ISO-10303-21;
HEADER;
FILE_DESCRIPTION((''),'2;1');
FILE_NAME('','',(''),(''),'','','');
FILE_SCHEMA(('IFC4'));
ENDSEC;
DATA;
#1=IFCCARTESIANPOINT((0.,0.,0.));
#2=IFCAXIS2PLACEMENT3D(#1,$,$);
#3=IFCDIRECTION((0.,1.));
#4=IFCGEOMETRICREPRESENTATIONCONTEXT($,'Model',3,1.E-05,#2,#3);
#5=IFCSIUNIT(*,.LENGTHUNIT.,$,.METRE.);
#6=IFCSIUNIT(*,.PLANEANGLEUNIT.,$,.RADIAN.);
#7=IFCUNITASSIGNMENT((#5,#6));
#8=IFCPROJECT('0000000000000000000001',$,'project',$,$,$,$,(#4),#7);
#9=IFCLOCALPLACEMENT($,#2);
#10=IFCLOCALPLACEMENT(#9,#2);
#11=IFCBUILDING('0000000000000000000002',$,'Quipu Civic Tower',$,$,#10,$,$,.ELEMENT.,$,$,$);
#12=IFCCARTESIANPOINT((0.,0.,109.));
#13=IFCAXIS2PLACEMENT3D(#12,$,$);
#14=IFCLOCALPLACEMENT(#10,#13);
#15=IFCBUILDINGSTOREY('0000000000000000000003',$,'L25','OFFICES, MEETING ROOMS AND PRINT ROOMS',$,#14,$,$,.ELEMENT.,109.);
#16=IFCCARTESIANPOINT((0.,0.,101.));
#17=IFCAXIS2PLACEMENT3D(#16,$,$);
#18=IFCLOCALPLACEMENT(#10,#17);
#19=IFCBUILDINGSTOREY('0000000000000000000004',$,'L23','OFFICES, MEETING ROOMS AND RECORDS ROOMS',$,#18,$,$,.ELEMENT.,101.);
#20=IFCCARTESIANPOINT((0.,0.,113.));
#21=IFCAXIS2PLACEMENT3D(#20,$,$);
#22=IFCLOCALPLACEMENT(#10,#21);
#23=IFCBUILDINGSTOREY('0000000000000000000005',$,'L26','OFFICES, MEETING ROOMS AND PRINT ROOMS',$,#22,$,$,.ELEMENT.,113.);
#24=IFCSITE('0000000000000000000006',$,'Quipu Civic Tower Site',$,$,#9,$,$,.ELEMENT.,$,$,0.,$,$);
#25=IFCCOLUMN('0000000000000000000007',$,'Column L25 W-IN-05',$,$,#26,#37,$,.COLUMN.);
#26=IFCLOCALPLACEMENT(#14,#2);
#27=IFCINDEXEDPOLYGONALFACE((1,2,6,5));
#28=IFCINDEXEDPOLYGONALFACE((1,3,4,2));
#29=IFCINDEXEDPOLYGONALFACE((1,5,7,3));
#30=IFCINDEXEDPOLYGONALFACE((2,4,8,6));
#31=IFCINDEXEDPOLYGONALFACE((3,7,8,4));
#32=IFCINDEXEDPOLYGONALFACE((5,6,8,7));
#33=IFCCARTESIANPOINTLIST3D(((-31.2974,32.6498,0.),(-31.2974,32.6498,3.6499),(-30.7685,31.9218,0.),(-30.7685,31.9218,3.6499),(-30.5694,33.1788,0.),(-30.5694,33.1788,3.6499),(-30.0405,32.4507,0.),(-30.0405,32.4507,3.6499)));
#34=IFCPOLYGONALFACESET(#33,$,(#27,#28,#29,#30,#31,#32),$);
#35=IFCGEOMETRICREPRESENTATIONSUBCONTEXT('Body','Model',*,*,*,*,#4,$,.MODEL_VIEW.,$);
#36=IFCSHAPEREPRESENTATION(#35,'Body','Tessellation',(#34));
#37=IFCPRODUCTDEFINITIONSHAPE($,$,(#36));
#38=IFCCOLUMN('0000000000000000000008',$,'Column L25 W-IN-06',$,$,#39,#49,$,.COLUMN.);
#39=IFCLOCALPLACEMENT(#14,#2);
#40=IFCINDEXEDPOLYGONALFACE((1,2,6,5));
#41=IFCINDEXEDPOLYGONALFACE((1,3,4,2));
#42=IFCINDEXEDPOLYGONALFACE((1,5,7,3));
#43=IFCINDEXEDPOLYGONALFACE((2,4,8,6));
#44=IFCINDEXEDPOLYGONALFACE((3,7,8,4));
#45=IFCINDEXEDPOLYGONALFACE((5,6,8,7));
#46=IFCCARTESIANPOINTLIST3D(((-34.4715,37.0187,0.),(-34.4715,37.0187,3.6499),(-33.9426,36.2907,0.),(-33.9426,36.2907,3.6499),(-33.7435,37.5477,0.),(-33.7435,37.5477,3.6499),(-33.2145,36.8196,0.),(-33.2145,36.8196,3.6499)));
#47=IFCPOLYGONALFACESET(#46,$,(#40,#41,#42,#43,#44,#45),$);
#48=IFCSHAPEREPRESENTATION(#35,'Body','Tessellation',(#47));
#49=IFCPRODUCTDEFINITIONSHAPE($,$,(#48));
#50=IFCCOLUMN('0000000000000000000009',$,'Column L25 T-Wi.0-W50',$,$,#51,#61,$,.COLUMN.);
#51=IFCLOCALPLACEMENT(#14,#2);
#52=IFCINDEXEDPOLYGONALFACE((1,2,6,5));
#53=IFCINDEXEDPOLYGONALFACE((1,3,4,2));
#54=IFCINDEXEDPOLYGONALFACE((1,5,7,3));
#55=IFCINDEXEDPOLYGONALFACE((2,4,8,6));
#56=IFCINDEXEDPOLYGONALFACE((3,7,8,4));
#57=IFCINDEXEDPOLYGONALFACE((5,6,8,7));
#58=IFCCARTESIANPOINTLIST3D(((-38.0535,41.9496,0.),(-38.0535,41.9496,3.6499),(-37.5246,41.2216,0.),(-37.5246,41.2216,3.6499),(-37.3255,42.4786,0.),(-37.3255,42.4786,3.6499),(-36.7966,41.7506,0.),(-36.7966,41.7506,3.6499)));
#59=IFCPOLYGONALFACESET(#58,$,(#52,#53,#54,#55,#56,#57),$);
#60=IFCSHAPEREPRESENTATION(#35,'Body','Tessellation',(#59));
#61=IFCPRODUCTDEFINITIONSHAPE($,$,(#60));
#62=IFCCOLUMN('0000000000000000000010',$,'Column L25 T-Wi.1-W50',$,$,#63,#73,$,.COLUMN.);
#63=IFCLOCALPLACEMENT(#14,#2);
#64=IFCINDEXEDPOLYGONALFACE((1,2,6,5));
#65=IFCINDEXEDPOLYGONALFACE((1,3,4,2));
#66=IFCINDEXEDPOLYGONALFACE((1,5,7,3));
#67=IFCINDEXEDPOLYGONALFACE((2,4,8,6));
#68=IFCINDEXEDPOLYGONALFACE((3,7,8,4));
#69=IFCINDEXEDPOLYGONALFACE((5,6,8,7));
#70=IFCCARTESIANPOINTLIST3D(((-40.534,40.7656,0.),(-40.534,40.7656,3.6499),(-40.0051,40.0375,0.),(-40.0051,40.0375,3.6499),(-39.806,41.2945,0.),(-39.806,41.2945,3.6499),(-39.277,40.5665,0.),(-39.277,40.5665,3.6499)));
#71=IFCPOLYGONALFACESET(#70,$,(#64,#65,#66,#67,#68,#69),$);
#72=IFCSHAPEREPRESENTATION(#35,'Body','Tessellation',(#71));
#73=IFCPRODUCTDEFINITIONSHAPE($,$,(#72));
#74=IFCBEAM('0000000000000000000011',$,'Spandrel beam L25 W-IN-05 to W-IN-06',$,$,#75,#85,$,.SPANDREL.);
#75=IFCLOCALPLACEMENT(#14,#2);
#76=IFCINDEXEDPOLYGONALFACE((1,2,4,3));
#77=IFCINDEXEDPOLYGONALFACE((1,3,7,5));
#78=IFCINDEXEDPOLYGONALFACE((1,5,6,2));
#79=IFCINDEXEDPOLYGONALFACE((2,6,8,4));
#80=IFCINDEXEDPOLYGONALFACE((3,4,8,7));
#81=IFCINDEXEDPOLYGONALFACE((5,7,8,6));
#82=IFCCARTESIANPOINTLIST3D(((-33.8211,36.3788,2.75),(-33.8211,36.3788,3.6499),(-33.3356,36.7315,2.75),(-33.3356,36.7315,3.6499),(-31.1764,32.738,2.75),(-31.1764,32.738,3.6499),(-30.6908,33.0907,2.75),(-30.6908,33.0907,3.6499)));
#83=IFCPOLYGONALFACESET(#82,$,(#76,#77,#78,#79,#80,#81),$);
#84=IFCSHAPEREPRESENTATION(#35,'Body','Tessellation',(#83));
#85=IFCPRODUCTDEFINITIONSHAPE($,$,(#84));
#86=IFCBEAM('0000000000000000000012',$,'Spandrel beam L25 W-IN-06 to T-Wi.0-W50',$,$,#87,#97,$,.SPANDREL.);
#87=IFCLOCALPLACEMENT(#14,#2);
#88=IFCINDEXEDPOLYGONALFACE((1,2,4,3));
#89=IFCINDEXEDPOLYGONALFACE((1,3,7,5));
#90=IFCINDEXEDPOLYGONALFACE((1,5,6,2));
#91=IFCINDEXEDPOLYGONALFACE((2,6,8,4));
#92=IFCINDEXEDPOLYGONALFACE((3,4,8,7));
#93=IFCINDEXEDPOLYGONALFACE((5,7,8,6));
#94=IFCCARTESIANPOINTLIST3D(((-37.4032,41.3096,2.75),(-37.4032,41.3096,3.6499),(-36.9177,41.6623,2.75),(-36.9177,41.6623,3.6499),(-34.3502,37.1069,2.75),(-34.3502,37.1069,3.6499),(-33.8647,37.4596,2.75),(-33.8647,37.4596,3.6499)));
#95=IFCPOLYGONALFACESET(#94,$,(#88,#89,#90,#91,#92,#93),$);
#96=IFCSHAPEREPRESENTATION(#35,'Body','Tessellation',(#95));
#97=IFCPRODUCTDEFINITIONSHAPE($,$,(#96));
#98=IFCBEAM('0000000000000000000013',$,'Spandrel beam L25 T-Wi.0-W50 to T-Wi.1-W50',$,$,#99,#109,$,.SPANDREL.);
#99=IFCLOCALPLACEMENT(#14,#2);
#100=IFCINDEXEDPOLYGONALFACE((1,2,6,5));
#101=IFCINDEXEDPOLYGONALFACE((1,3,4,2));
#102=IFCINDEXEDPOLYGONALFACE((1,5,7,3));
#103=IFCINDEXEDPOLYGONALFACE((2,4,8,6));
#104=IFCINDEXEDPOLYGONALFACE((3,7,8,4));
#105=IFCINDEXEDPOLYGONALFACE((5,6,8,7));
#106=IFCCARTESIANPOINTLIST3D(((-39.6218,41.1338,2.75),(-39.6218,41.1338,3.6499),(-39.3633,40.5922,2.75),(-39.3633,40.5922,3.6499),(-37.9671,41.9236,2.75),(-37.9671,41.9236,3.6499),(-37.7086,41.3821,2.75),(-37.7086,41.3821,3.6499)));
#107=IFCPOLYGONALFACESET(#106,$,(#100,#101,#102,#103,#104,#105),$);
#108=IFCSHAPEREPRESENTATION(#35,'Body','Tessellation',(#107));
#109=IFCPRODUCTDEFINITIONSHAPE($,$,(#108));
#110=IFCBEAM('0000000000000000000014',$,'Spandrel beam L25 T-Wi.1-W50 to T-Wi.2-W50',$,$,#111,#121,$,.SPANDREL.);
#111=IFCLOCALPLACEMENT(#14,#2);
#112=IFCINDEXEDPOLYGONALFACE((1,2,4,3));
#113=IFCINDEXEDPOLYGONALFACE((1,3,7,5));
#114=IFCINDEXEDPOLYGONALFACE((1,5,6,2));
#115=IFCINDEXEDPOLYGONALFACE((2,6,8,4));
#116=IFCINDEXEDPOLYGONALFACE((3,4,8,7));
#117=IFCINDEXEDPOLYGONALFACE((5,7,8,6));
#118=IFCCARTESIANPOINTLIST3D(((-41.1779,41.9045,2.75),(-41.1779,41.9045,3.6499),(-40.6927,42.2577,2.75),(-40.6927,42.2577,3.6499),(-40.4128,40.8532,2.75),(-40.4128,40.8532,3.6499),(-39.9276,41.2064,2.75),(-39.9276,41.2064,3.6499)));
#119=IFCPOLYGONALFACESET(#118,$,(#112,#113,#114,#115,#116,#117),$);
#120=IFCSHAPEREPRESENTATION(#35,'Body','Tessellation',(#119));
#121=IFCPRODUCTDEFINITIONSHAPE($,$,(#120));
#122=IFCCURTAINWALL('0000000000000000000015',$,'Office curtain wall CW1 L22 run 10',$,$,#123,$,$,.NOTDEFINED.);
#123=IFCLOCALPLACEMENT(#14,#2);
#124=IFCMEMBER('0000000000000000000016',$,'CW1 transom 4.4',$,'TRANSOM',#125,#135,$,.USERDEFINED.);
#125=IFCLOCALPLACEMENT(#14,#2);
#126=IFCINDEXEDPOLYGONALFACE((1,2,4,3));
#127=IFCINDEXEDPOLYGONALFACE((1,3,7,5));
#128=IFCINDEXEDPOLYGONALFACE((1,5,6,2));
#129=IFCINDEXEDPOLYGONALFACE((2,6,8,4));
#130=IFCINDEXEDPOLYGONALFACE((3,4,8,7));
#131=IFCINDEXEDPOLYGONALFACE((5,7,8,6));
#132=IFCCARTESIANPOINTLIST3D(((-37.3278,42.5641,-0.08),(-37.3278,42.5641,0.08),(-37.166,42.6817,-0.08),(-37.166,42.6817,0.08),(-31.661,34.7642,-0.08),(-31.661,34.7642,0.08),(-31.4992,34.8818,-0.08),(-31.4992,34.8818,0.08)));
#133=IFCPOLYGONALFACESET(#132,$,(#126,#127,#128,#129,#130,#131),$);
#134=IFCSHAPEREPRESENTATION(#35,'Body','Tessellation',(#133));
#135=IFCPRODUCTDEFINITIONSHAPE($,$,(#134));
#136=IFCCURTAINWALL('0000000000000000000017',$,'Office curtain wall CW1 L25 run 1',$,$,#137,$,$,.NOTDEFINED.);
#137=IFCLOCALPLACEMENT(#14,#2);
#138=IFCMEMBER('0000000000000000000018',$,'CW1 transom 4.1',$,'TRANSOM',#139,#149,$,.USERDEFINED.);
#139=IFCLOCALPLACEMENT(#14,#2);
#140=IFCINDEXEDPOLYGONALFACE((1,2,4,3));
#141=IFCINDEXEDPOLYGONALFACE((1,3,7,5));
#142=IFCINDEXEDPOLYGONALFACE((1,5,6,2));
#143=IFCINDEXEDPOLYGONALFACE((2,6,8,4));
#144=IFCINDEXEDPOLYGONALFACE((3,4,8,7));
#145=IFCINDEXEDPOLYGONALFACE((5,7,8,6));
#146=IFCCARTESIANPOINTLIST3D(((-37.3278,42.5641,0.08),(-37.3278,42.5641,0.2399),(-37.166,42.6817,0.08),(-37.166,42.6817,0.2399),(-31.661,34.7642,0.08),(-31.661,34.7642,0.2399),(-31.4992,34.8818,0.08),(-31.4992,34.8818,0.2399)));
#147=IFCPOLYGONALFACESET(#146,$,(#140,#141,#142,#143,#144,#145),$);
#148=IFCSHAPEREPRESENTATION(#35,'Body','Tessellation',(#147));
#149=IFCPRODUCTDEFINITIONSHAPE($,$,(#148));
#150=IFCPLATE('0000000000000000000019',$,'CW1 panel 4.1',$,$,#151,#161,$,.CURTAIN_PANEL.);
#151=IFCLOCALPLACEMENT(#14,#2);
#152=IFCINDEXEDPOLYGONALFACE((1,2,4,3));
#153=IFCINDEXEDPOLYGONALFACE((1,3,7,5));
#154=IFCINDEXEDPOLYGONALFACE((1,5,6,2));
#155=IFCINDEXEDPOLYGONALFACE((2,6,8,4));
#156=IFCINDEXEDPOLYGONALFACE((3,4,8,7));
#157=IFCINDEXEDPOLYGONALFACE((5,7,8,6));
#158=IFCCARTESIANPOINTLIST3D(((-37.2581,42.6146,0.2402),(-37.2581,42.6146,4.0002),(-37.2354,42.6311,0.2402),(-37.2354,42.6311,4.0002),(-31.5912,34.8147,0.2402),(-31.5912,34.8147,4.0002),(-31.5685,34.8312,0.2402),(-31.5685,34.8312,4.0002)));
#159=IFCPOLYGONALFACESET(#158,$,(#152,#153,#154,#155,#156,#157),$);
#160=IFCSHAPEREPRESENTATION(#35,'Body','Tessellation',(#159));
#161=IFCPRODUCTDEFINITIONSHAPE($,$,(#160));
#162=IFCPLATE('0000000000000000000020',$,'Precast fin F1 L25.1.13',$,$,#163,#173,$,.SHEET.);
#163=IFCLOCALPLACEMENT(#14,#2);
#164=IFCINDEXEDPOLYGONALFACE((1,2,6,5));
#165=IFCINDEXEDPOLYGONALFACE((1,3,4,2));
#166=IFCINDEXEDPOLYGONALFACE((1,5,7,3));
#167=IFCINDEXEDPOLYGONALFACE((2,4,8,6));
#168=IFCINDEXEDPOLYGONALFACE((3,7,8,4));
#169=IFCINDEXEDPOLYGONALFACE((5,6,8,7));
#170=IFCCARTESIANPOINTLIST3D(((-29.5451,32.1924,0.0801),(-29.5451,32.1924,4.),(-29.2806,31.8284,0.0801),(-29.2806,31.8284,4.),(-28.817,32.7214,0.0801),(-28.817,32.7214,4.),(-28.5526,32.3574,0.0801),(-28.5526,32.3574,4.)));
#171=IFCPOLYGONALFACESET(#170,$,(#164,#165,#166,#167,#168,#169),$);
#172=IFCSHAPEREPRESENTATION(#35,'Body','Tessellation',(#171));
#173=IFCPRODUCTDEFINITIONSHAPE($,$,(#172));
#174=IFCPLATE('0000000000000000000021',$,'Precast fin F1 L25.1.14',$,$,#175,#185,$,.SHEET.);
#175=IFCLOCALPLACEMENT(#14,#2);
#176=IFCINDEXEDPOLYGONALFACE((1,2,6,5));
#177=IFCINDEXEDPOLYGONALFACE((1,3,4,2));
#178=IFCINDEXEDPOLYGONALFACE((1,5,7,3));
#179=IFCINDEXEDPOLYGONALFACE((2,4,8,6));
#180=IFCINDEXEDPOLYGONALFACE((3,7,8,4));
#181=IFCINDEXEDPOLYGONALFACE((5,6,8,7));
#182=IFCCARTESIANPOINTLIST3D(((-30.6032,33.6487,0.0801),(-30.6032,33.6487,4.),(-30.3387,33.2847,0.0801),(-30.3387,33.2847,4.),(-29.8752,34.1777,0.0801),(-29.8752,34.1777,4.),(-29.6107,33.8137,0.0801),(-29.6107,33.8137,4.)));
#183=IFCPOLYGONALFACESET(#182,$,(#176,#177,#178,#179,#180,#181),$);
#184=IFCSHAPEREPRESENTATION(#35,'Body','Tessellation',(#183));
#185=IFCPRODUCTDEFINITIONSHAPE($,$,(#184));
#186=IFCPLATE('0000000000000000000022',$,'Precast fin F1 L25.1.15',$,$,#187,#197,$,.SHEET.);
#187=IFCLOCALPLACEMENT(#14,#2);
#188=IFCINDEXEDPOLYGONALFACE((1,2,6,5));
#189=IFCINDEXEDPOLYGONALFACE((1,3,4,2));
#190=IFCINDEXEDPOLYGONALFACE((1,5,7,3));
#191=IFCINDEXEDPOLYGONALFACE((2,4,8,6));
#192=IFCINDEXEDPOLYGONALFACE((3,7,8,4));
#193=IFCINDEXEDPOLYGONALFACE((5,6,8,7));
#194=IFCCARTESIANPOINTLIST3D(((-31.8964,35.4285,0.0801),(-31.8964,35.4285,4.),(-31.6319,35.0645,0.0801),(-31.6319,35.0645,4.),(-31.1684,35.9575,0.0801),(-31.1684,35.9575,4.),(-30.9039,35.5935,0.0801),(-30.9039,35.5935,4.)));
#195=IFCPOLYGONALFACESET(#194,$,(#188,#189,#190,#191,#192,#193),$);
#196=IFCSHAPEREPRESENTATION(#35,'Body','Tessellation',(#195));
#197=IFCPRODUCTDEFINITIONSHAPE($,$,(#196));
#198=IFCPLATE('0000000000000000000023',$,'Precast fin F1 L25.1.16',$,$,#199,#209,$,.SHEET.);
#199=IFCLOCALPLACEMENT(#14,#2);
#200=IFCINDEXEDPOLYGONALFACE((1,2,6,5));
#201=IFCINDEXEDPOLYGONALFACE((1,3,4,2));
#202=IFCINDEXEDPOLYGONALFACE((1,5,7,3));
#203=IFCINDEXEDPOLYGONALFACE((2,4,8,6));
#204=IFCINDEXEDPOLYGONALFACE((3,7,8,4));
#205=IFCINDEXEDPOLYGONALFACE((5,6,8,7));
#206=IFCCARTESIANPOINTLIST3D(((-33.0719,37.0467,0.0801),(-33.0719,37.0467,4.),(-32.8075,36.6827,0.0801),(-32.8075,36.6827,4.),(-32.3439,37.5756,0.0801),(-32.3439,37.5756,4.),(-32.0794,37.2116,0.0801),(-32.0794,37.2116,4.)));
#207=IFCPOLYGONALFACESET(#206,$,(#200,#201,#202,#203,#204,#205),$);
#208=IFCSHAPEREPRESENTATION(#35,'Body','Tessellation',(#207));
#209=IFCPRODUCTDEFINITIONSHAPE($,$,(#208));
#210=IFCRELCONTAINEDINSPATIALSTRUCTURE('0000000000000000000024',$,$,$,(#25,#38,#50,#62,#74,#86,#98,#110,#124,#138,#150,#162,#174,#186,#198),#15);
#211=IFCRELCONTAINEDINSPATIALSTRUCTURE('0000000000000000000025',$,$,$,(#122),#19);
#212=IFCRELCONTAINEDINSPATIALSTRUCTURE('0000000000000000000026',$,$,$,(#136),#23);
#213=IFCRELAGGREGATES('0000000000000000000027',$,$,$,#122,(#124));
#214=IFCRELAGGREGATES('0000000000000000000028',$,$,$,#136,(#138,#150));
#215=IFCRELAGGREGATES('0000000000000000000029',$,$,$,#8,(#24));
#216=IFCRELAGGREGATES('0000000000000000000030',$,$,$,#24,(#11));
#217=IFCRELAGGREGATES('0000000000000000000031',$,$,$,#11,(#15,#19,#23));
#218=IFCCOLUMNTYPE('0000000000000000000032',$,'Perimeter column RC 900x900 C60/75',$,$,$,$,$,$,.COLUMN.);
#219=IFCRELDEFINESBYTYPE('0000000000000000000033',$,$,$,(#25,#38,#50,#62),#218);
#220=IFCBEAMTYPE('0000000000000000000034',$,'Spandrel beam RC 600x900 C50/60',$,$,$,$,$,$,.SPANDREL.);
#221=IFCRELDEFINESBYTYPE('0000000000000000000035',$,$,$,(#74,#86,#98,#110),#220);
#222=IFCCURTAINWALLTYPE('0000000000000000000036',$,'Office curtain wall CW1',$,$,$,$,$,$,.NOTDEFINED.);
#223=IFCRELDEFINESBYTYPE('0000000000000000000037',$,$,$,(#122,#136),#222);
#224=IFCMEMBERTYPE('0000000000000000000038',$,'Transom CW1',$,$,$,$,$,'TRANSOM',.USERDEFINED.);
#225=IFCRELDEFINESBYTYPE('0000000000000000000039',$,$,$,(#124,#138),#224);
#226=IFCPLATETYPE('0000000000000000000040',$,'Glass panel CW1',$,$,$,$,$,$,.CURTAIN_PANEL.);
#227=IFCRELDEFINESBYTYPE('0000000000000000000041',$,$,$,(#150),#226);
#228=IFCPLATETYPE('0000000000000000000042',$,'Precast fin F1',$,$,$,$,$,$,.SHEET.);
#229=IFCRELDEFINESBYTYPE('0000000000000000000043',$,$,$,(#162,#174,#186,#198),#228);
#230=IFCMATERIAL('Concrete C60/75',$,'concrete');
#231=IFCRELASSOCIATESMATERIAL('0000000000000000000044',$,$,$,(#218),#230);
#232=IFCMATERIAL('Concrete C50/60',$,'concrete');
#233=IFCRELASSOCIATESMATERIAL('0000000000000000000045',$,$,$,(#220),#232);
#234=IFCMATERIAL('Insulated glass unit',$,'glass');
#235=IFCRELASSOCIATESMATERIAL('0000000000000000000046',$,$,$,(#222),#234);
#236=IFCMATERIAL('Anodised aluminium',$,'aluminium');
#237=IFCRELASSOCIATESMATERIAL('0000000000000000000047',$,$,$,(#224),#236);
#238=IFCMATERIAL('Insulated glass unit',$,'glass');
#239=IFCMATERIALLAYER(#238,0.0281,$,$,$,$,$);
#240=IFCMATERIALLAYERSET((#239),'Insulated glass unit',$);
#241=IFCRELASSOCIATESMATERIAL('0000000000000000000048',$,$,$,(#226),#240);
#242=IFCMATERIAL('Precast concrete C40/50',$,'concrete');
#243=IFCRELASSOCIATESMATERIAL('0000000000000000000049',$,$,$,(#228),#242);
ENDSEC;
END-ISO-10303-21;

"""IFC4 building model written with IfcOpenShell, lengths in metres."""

from ifc_helpers import new_model, si_unit, direction, frame, origin, origin_2d, place, context, subcontext, project, spatial, rectangle, extrude, material, layer, layer_set, material_profile, profile_set, type_object, element, aggregate, save


model = new_model("IFC4")

# Units and contexts
model_context = context("Model", 3, precision=1e-05, world=origin(), true_north=direction((0.0, 1.0)))
body_context = subcontext(model_context, "Body", "Model", "MODEL_VIEW")
ifc_project = project(units=[si_unit("LENGTHUNIT", "METRE"), si_unit("PLANEANGLEUNIT", "RADIAN")], contexts=[model_context])

# Site, building, storey
site_placement = place(None, origin())
site = spatial("IfcSite", under=ifc_project, at=site_placement, Name="Quipu Civic Tower Site", CompositionType="ELEMENT", RefElevation=0.0)
building_placement = place(site_placement, origin())
building = spatial("IfcBuilding", under=site, at=building_placement, Name="Quipu Civic Tower", CompositionType="ELEMENT")
storey_1_placement = place(building_placement, frame((0.0, 0.0, 109.0)))
storey_1 = spatial("IfcBuildingStorey", under=building, at=storey_1_placement, Name="L25", Description="OFFICES, MEETING ROOMS AND PRINT ROOMS", CompositionType="ELEMENT", Elevation=109.0)

# Columns
ifc_material_1 = material(Name="Concrete C60/75", Category="concrete")
ifc_material_profile_1 = material_profile(ifc_material_1, rectangle(XDim=0.8999, YDim=0.8999, at=origin_2d()), Name="RC900x900")
ifc_profile_set_1 = profile_set([ifc_material_profile_1], Name="Concrete C60/75")
column_type = type_object("IfcColumnType", Name="Perimeter column RC 900x900 C60/75", PredefinedType="COLUMN", material=ifc_profile_set_1)
for number, where, z_axis, x_axis, name in (
    (1, (-30.6689, 32.5503, 0.0), (0.0, 0.0, 1.0), (-0.587785, 0.809017, 0.0), "Column L25 W-IN-05"),
    (2, (-33.843, 36.9192, 0.0), (0.0, 0.0, 1.0), (-0.587785, 0.809017, 0.0), "Column L25 W-IN-06"),
    (3, (-37.425, 41.8501, 0.0), (0.0, 0.0, 1.0), (-0.587785, 0.809017, 0.0), "Column L25 T-Wi.0-W50"),
    (4, (-39.9055, 40.666, 0.0), (0.0, 0.0, 1.0), (-0.587785, 0.809017, 0.0), "Column L25 T-Wi.1-W50"),
):
    element("IfcColumn", number, at=place(storey_1_placement, frame(where, z_axis=z_axis, x_axis=x_axis)), inside=storey_1, type_object=column_type, Name=name, PredefinedType="COLUMN", context=body_context, shape_type="SweptSolid", body=[
        extrude(rectangle(XDim=0.8999, YDim=0.8999, at=origin_2d()), origin(), (0.0, 0.0, 1.0), 3.6499),
    ])

# Beams
ifc_material_2 = material(Name="Concrete C50/60", Category="concrete")
ifc_material_profile_2 = material_profile(ifc_material_2, rectangle(XDim=0.6001, YDim=0.8999, at=origin_2d()), Name="RC600x900")
ifc_profile_set_2 = profile_set([ifc_material_profile_2], Name="Concrete C50/60")
beam_type = type_object("IfcBeamType", Name="Spandrel beam RC 600x900 C50/60", PredefinedType="SPANDREL", material=ifc_profile_set_2)
beam_1_placement = place(storey_1_placement, frame((-30.9336, 32.9143, 3.2), z_axis=(-0.587717, 0.809067, 0.0), x_axis=(-0.809067, -0.587717, 0.0)))
element("IfcBeam", 5, at=beam_1_placement, inside=storey_1, type_object=beam_type, Name="Spandrel beam L25 W-IN-05 to W-IN-06", PredefinedType="SPANDREL", context=body_context, shape_type="SweptSolid", body=[
    extrude(rectangle(XDim=0.6001, YDim=0.8999, at=origin_2d()), origin(), (0.0, 0.0, 1.0), 4.5),
])
beam_2_placement = place(storey_1_placement, frame((-34.1074, 37.2832, 3.2), z_axis=(-0.587733, 0.809055, 0.0), x_axis=(-0.809055, -0.587733, 0.0)))
element("IfcBeam", 6, at=beam_2_placement, inside=storey_1, type_object=beam_type, Name="Spandrel beam L25 W-IN-06 to T-Wi.0-W50", PredefinedType="SPANDREL", context=body_context, shape_type="SweptSolid", body=[
    extrude(rectangle(XDim=0.6001, YDim=0.8999, at=origin_2d()), origin(), (0.0, 0.0, 1.0), 5.1946),
])
beam_3_placement = place(storey_1_placement, frame((-37.8379, 41.6528, 3.2), z_axis=(-0.902454, -0.430786, 0.0), x_axis=(0.430786, -0.902454, 0.0)))
element("IfcBeam", 7, at=beam_3_placement, inside=storey_1, type_object=beam_type, Name="Spandrel beam L25 T-Wi.0-W50 to T-Wi.1-W50", PredefinedType="SPANDREL", context=body_context, shape_type="SweptSolid", body=[
    extrude(rectangle(XDim=0.6001, YDim=0.8999, at=origin_2d()), origin(), (0.0, 0.0, 1.0), 1.8335),
])
beam_4_placement = place(storey_1_placement, frame((-40.1702, 41.0298, 3.2), z_axis=(-0.588462, 0.808525, 0.0), x_axis=(-0.808525, -0.588462, 0.0)))
element("IfcBeam", 8, at=beam_4_placement, inside=storey_1, type_object=beam_type, Name="Spandrel beam L25 T-Wi.1-W50 to T-Wi.2-W50", PredefinedType="SPANDREL", context=body_context, shape_type="SweptSolid", body=[
    extrude(rectangle(XDim=0.6001, YDim=0.8999, at=origin_2d()), origin(), (0.0, 0.0, 1.0), 1.3003),
])

# Shared definitions
storey_2_placement = place(building_placement, frame((0.0, 0.0, 101.0)))
storey_2 = spatial("IfcBuildingStorey", under=building, at=storey_2_placement, Name="L23", Description="OFFICES, MEETING ROOMS AND RECORDS ROOMS", CompositionType="ELEMENT", Elevation=101.0)

# Curtain wall, member
ifc_material_3 = material(Name="Insulated glass unit", Category="glass")
curtain_wall_type = type_object("IfcCurtainWallType", Name="Office curtain wall CW1", PredefinedType="NOTDEFINED", material=ifc_material_3)
curtain_wall_1_placement = place(storey_2_placement, origin())
curtain_wall_1 = element("IfcCurtainWall", 9, at=curtain_wall_1_placement, inside=storey_2, type_object=curtain_wall_type, Name="Office curtain wall CW1 L22 run 10", PredefinedType="NOTDEFINED")
ifc_material_4 = material(Name="Anodised aluminium", Category="aluminium")
ifc_material_profile_3 = material_profile(ifc_material_4, rectangle(XDim=0.2, YDim=0.1599, at=origin_2d()), Name="RECT 200x160")
ifc_profile_set_3 = profile_set([ifc_material_profile_3], Name="Anodised aluminium")
member_type = type_object("IfcMemberType", Name="Transom CW1", ElementType="TRANSOM", PredefinedType="USERDEFINED", material=ifc_profile_set_3)
member_1_placement = place(storey_1_placement, frame((-31.5801, 34.823, 0.0), z_axis=(-0.587776, 0.809024, 0.0), x_axis=(-0.809024, -0.587776, 0.0)))
member_1 = element("IfcMember", 10, at=member_1_placement, inside=storey_1, type_object=member_type, Name="CW1 transom 4.4", ObjectType="TRANSOM", PredefinedType="USERDEFINED", context=body_context, shape_type="SweptSolid", body=[
    extrude(rectangle(XDim=0.2, YDim=0.1599, at=origin_2d()), origin(), (0.0, 0.0, 1.0), 9.6411),
])
aggregate(curtain_wall_1, [member_1])

# Shared definitions
storey_3_placement = place(building_placement, frame((0.0, 0.0, 113.0)))
storey_3 = spatial("IfcBuildingStorey", under=building, at=storey_3_placement, Name="L26", Description="OFFICES, MEETING ROOMS AND PRINT ROOMS", CompositionType="ELEMENT", Elevation=113.0)

# Curtain wall, member, plate
curtain_wall_2_placement = place(storey_3_placement, origin())
curtain_wall_2 = element("IfcCurtainWall", 11, at=curtain_wall_2_placement, inside=storey_3, type_object=curtain_wall_type, Name="Office curtain wall CW1 L25 run 1", PredefinedType="NOTDEFINED")
member_2_placement = place(storey_1_placement, frame((-31.5801, 34.823, 0.1599), z_axis=(-0.587776, 0.809024, 0.0), x_axis=(-0.809024, -0.587776, 0.0)))
member_2 = element("IfcMember", 12, at=member_2_placement, inside=storey_1, type_object=member_type, Name="CW1 transom 4.1", ObjectType="TRANSOM", PredefinedType="USERDEFINED", context=body_context, shape_type="SweptSolid", body=[
    extrude(rectangle(XDim=0.2, YDim=0.1599, at=origin_2d()), origin(), (0.0, 0.0, 1.0), 9.6411),
])
ifc_material_5 = material(Name="Insulated glass unit", Category="glass")
ifc_layer_1 = layer(ifc_material_5, 0.0281)
ifc_layer_set_1 = layer_set([ifc_layer_1], Name="Insulated glass unit")
plate_type_1 = type_object("IfcPlateType", Name="Glass panel CW1", PredefinedType="CURTAIN_PANEL", material=ifc_layer_set_1)
plate_placement = place(storey_1_placement, frame((-34.4133, 38.7229, 0.2402), z_axis=(0.0, 0.0, 1.0), x_axis=(-0.587786, 0.809017, 0.0)))
plate = element("IfcPlate", 13, at=plate_placement, inside=storey_1, type_object=plate_type_1, Name="CW1 panel 4.1", PredefinedType="CURTAIN_PANEL", context=body_context, shape_type="SweptSolid", body=[
    extrude(rectangle(XDim=9.6411, YDim=0.0281, at=origin_2d()), origin(), (0.0, 0.0, 1.0), 3.76),
])
aggregate(curtain_wall_2, [member_2, plate])

# Plates
ifc_material_6 = material(Name="Precast concrete C40/50", Category="concrete")
plate_type_2 = type_object("IfcPlateType", Name="Precast fin F1", PredefinedType="SHEET", material=ifc_material_6)
for number, where, z_axis, x_axis, name in (
    (14, (-29.0488, 32.2749, 0.0801), (0.0, 0.0, 1.0), (-0.587785, 0.809017, 0.0), "Precast fin F1 L25.1.13"),
    (15, (-30.1069, 33.7312, 0.0801), (0.0, 0.0, 1.0), (-0.587785, 0.809017, 0.0), "Precast fin F1 L25.1.14"),
    (16, (-31.4001, 35.511, 0.0801), (0.0, 0.0, 1.0), (-0.587785, 0.809017, 0.0), "Precast fin F1 L25.1.15"),
    (17, (-32.5757, 37.1292, 0.0801), (0.0, 0.0, 1.0), (-0.587785, 0.809017, 0.0), "Precast fin F1 L25.1.16"),
):
    element("IfcPlate", number, at=place(storey_1_placement, frame(where, z_axis=z_axis, x_axis=x_axis)), inside=storey_1, type_object=plate_type_2, Name=name, PredefinedType="SHEET", context=body_context, shape_type="SweptSolid", body=[
        extrude(rectangle(XDim=0.45, YDim=0.8999, at=origin_2d()), origin(), (0.0, 0.0, 1.0), 3.9199),
    ])

save(model, "model.ifc")
